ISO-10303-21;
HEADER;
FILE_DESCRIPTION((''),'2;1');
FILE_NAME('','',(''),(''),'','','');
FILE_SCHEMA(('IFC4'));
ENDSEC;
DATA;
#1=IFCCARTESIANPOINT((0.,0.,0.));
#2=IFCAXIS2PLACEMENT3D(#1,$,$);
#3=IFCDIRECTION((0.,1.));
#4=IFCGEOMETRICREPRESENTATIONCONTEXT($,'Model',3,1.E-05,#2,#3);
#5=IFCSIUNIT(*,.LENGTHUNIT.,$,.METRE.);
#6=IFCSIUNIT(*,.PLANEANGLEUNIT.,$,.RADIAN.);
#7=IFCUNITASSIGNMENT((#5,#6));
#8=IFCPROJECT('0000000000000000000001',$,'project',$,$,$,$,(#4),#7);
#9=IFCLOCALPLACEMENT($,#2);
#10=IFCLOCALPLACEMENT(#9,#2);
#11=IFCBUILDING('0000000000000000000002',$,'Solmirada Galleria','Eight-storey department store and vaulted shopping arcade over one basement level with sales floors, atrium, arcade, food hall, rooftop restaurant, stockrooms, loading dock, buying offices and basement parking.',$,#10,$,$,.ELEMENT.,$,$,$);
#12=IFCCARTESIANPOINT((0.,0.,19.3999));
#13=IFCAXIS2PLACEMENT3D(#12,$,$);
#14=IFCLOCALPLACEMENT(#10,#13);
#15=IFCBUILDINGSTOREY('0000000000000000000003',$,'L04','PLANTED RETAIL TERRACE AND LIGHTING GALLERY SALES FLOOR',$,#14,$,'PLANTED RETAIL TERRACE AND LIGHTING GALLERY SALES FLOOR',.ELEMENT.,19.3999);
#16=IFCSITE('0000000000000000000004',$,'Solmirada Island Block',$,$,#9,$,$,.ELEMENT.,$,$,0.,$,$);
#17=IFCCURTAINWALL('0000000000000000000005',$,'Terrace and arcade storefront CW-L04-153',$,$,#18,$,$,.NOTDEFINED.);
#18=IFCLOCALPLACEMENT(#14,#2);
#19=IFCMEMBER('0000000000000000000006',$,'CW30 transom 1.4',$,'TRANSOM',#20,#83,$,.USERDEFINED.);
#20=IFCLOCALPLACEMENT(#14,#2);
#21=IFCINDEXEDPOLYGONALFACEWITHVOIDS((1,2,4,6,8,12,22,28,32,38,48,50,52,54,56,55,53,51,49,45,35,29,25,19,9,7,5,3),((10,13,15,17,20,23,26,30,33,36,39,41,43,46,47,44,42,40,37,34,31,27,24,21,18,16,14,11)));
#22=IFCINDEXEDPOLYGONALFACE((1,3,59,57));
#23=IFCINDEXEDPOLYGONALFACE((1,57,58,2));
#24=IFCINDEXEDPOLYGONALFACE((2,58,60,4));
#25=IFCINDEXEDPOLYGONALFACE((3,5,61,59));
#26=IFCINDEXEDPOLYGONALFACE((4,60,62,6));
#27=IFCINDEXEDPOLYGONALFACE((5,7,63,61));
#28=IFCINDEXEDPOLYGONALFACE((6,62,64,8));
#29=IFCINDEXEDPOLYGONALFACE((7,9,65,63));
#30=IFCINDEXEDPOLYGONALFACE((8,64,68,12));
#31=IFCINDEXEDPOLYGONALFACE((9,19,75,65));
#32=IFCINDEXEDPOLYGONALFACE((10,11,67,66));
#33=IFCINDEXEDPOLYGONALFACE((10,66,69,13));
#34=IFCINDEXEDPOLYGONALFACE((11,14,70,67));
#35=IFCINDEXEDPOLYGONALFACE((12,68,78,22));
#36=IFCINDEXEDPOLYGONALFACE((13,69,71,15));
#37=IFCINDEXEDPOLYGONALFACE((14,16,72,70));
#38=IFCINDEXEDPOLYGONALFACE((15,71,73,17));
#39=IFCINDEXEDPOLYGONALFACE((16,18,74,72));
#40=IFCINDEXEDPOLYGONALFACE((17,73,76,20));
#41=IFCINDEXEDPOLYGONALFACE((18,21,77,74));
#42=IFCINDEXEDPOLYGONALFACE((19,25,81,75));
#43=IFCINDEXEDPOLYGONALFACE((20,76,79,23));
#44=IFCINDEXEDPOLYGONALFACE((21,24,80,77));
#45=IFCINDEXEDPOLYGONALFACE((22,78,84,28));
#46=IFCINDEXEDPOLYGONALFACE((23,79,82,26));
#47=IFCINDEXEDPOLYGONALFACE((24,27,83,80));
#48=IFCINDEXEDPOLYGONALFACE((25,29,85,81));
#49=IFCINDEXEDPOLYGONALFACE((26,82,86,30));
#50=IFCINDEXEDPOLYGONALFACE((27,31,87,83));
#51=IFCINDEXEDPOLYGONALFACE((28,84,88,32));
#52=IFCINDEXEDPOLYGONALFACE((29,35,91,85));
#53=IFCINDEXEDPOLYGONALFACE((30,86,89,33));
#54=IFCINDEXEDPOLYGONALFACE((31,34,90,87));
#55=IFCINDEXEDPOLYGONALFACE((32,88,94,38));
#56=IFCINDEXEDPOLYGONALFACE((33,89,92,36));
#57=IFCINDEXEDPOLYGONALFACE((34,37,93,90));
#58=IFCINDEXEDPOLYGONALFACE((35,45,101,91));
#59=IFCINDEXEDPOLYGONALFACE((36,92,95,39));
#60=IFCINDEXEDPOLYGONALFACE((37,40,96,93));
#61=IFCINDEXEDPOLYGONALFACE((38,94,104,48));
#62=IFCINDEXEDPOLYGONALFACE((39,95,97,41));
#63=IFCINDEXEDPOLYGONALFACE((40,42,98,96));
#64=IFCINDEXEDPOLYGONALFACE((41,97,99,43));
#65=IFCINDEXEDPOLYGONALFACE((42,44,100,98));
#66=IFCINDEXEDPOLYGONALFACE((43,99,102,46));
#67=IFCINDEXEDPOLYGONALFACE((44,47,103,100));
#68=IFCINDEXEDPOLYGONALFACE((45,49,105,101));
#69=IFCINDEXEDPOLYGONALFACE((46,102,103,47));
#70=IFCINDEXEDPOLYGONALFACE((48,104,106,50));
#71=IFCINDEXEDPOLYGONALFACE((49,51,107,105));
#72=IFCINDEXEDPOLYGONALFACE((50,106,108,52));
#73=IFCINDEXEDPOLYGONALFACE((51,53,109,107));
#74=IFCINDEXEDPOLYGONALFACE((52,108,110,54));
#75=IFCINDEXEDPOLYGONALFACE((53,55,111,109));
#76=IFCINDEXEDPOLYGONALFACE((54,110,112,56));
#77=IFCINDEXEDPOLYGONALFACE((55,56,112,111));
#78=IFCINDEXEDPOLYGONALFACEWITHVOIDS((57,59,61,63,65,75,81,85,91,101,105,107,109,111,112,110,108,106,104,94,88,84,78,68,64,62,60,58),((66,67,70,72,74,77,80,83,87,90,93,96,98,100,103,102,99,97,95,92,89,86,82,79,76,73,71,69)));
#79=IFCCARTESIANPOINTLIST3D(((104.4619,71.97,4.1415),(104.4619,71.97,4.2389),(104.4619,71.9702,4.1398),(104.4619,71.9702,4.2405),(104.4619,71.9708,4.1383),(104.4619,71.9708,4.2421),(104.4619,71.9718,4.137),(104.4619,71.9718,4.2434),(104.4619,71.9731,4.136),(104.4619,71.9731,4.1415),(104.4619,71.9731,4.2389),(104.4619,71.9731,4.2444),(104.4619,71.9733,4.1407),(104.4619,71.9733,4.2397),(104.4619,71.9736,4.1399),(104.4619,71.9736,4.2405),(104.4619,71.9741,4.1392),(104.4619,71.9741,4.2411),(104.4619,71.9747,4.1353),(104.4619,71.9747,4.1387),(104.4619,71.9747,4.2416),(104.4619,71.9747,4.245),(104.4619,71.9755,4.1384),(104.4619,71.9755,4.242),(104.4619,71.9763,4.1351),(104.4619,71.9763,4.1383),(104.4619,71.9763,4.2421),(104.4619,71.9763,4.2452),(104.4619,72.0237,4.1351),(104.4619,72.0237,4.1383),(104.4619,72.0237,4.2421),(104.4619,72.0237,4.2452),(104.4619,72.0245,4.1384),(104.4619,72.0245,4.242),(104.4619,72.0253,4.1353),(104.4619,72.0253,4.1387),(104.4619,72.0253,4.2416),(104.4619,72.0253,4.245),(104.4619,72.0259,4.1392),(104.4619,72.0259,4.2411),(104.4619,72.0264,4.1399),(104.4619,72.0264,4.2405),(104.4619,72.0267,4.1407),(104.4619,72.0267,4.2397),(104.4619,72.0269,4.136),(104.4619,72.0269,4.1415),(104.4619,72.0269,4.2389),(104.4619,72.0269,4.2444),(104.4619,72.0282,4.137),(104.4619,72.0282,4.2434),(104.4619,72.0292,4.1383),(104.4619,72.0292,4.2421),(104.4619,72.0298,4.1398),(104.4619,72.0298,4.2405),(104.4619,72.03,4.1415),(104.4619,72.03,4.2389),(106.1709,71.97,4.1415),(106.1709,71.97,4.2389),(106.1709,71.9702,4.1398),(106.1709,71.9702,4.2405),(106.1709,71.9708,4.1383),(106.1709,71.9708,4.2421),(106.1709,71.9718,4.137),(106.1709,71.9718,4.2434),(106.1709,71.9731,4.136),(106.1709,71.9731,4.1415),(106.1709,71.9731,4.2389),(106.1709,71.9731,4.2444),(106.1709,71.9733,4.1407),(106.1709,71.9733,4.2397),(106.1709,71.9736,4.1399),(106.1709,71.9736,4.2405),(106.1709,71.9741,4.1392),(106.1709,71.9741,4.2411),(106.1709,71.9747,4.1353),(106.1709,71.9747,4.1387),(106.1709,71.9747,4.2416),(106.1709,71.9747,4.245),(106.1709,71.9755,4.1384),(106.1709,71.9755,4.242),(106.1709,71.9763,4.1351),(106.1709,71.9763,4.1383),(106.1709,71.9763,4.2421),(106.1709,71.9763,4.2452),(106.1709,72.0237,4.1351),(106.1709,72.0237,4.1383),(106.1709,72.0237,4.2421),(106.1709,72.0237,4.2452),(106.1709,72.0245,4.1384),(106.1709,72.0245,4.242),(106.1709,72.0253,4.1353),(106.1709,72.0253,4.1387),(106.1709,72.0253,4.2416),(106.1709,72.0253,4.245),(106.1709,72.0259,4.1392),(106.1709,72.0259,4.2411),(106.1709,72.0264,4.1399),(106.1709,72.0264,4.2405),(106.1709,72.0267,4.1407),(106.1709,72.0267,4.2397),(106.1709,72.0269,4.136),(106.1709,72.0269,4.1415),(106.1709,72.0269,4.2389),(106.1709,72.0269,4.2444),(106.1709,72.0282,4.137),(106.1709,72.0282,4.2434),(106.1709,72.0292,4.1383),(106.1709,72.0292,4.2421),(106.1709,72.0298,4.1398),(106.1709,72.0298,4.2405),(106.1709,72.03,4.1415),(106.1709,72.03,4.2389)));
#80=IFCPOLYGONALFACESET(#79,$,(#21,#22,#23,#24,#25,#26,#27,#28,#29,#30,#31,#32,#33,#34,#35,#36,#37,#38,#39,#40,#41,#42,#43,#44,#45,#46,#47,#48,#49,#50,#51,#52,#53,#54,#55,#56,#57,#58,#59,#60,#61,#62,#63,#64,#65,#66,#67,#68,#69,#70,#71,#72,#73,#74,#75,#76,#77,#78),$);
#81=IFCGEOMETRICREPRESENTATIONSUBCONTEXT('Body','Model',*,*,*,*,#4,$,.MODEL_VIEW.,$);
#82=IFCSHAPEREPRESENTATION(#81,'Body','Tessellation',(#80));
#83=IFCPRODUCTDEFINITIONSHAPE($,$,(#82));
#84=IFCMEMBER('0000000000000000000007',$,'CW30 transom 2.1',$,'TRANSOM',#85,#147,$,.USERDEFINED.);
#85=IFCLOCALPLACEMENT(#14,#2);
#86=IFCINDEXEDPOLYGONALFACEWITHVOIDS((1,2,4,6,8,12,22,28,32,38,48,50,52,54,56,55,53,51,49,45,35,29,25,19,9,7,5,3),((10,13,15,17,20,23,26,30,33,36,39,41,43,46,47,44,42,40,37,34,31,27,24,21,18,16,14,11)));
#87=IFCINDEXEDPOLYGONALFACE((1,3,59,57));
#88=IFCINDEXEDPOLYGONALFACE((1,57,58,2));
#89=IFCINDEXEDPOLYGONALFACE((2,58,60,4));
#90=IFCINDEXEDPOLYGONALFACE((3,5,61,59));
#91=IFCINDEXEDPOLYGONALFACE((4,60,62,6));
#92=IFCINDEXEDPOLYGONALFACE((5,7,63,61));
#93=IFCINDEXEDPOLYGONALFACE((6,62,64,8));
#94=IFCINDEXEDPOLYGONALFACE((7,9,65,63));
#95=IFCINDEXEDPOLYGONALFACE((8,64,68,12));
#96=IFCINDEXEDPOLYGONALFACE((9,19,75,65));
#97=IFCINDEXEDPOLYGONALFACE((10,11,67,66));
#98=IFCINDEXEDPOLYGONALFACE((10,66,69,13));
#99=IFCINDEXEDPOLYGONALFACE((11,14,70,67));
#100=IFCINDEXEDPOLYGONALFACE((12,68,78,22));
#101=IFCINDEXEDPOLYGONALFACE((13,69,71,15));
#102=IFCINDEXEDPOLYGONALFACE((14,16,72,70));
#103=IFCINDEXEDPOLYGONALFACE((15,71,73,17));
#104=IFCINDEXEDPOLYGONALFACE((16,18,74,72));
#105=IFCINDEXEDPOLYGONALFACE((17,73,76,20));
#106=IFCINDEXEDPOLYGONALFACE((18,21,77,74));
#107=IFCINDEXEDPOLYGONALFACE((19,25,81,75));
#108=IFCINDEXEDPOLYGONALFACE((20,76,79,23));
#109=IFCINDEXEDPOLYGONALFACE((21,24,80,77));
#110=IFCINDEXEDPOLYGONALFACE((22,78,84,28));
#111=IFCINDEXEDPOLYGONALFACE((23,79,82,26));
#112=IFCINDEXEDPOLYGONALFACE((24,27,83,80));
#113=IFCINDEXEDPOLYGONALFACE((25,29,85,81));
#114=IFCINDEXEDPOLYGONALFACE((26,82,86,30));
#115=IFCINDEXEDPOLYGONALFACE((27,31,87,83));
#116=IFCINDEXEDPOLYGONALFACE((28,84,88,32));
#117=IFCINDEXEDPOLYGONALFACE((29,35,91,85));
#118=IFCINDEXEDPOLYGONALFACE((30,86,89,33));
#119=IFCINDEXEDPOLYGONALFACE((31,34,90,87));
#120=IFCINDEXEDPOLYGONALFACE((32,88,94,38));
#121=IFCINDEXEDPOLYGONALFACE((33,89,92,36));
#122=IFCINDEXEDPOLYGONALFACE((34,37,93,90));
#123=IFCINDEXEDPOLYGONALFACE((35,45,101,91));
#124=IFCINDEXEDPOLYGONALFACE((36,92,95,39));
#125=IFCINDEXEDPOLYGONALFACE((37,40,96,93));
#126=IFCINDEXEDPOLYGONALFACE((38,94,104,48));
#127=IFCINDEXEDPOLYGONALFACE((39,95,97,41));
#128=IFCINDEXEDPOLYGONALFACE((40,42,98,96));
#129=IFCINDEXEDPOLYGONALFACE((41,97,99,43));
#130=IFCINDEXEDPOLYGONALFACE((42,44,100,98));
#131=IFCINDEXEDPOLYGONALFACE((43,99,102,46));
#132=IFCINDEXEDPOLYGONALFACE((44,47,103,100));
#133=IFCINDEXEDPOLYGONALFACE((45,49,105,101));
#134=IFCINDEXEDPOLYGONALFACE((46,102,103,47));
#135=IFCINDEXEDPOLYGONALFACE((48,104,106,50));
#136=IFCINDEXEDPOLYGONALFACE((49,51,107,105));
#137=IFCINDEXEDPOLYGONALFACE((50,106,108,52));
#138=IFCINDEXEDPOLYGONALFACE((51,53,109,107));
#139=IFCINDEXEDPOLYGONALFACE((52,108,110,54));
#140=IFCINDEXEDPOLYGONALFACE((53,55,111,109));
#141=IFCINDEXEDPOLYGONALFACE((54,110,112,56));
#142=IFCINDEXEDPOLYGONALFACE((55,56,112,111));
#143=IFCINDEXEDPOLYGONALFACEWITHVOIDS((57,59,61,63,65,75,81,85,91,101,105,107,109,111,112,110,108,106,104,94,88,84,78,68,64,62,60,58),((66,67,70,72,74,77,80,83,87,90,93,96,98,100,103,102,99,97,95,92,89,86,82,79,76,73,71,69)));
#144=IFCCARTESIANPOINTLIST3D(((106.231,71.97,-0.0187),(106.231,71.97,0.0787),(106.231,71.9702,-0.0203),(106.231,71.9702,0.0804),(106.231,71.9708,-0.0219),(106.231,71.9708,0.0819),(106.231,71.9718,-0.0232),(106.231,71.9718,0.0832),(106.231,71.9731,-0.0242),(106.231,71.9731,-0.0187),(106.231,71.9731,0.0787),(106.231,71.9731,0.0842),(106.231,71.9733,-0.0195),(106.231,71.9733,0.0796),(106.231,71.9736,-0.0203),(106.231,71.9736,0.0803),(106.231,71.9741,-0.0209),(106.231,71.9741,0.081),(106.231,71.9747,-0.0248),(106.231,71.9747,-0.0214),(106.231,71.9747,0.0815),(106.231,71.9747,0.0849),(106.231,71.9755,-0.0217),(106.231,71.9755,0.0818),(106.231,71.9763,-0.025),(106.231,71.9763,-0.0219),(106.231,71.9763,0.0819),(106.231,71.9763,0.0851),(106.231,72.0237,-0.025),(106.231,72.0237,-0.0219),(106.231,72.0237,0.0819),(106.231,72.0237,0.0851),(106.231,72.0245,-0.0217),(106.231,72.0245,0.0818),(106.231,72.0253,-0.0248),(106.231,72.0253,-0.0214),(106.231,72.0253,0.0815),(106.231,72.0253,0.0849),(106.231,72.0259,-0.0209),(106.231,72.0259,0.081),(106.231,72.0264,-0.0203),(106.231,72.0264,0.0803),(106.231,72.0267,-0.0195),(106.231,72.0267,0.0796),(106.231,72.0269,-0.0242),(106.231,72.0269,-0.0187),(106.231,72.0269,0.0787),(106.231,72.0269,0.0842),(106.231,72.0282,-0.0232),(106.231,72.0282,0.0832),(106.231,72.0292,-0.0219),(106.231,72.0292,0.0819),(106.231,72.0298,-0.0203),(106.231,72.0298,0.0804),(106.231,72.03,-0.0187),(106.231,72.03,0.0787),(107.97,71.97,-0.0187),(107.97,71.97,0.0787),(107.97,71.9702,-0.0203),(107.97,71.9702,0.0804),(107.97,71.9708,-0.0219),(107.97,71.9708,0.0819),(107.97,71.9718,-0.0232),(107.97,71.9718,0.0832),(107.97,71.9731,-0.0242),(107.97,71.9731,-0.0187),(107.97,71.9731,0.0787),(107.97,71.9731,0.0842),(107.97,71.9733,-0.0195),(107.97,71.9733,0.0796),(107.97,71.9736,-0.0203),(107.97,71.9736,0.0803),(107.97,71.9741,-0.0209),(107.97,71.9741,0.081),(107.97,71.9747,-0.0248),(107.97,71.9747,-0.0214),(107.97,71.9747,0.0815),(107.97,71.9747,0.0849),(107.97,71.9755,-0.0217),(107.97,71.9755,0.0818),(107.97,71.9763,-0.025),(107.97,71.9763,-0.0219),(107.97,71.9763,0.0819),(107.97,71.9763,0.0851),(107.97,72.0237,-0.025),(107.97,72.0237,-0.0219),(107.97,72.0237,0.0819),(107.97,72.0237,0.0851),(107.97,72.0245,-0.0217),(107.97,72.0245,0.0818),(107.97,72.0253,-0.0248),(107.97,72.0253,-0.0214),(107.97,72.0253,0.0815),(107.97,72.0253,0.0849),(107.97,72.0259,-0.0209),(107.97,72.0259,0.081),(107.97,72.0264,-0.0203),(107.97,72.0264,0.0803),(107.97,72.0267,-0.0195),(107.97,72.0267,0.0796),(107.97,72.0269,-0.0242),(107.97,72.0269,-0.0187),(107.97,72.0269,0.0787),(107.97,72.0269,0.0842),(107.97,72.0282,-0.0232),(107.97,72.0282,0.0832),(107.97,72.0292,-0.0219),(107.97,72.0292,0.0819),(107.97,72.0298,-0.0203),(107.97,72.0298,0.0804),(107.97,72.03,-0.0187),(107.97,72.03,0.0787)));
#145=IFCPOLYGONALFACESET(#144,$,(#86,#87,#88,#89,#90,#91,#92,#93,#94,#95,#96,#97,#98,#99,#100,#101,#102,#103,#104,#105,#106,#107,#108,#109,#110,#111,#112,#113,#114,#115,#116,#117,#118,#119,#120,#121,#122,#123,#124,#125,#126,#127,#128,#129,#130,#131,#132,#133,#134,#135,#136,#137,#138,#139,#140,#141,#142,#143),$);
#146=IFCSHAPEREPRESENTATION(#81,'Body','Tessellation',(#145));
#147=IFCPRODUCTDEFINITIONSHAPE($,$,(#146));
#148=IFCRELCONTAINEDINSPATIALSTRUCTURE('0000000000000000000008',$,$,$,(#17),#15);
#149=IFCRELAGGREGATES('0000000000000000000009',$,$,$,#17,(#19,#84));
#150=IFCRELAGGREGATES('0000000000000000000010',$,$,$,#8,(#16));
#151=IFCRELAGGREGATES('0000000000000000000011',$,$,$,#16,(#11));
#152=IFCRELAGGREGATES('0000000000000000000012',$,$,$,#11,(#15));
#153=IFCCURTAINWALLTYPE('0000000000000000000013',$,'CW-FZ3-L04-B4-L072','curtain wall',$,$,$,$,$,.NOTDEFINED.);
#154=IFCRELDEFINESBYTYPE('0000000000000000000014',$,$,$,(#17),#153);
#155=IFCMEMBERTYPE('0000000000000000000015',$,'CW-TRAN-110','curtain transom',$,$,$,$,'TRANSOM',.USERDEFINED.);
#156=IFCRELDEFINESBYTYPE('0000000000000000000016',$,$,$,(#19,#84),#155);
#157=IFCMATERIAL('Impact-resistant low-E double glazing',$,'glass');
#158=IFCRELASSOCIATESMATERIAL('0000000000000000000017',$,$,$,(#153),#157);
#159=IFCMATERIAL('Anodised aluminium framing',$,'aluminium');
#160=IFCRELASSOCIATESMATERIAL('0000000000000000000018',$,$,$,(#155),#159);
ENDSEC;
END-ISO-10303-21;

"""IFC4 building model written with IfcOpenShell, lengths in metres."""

from ifc_helpers import new_model, si_unit, direction, frame, origin, origin_2d, place, context, subcontext, project, spatial, hollow_rectangle, extrude, material, material_profile, profile_set, type_object, element, aggregate, save


model = new_model("IFC4")

# Units and contexts
model_context = context("Model", 3, precision=1e-05, world=origin(), true_north=direction((0.0, 1.0)))
body_context = subcontext(model_context, "Body", "Model", "MODEL_VIEW")
ifc_project = project(units=[si_unit("LENGTHUNIT", "METRE"), si_unit("PLANEANGLEUNIT", "RADIAN")], contexts=[model_context])

# Site, building, storey
site_placement = place(None, origin())
site = spatial("IfcSite", under=ifc_project, at=site_placement, Name="Solmirada Island Block", CompositionType="ELEMENT", RefElevation=0.0)
building_placement = place(site_placement, origin())
building = spatial("IfcBuilding", under=site, at=building_placement, Name="Solmirada Galleria", Description="Eight-storey department store and vaulted shopping arcade over one basement level with sales floors, atrium, arcade, food hall, rooftop restaurant, stockrooms, loading dock, buying offices and basement parking.", CompositionType="ELEMENT")
storey_placement = place(building_placement, frame((0.0, 0.0, 19.3999)))
storey = spatial("IfcBuildingStorey", under=building, at=storey_placement, Name="L04", Description="PLANTED RETAIL TERRACE AND LIGHTING GALLERY SALES FLOOR", LongName="PLANTED RETAIL TERRACE AND LIGHTING GALLERY SALES FLOOR", CompositionType="ELEMENT", Elevation=19.3999)

# Curtain wall, members
ifc_material_1 = material(Name="Impact-resistant low-E double glazing", Category="glass")
curtain_wall_type = type_object("IfcCurtainWallType", Name="CW-FZ3-L04-B4-L072", Description="curtain wall", PredefinedType="NOTDEFINED", material=ifc_material_1)
curtain_wall_1_placement = place(storey_placement, origin())
curtain_wall_1 = element("IfcCurtainWall", 1, at=curtain_wall_1_placement, inside=storey, type_object=curtain_wall_type, Name="Terrace and arcade storefront CW-L04-153", PredefinedType="NOTDEFINED")
ifc_material_2 = material(Name="Anodised aluminium framing", Category="aluminium")
ifc_material_profile_1 = material_profile(ifc_material_2, hollow_rectangle(XDim=0.0601, YDim=0.1101, WallThickness=0.0032, InnerFilletRadius=0.0032, OuterFilletRadius=0.0063, at=origin_2d()), Name="ALU-TRAN-110X60")
ifc_profile_set_1 = profile_set([ifc_material_profile_1], Name="Anodised aluminium framing")
member_type_1 = type_object("IfcMemberType", Name="CW-TRAN-110", Description="curtain transom", ElementType="TRANSOM", PredefinedType="USERDEFINED", material=ifc_profile_set_1)
member_1_placement = place(storey_placement, frame((104.4619, 72.0, 4.1902), z_axis=(1.0, 0.0, 0.0), x_axis=(0.0, 1.0, 0.0)))
member_1 = element("IfcMember", 2, at=member_1_placement, type_object=member_type_1, Name="CW30 transom 1.4", ObjectType="TRANSOM", PredefinedType="USERDEFINED", context=body_context, shape_type="SweptSolid", body=[
    extrude(hollow_rectangle(XDim=0.0601, YDim=0.1101, WallThickness=0.0032, InnerFilletRadius=0.0032, OuterFilletRadius=0.0063, at=origin_2d()), origin(), (0.0, 0.0, 1.0), 1.709),
])
member_2_placement = place(storey_placement, frame((106.231, 72.0, 0.03), z_axis=(1.0, 0.0, 0.0), x_axis=(0.0, 1.0, 0.0)))
member_2 = element("IfcMember", 3, at=member_2_placement, type_object=member_type_1, Name="CW30 transom 2.1", ObjectType="TRANSOM", PredefinedType="USERDEFINED", context=body_context, shape_type="SweptSolid", body=[
    extrude(hollow_rectangle(XDim=0.0601, YDim=0.1101, WallThickness=0.0032, InnerFilletRadius=0.0032, OuterFilletRadius=0.0063, at=origin_2d()), origin(), (0.0, 0.0, 1.0), 1.739),
])

aggregate(curtain_wall_1, [member_1, member_2])

save(model, "model.ifc")
